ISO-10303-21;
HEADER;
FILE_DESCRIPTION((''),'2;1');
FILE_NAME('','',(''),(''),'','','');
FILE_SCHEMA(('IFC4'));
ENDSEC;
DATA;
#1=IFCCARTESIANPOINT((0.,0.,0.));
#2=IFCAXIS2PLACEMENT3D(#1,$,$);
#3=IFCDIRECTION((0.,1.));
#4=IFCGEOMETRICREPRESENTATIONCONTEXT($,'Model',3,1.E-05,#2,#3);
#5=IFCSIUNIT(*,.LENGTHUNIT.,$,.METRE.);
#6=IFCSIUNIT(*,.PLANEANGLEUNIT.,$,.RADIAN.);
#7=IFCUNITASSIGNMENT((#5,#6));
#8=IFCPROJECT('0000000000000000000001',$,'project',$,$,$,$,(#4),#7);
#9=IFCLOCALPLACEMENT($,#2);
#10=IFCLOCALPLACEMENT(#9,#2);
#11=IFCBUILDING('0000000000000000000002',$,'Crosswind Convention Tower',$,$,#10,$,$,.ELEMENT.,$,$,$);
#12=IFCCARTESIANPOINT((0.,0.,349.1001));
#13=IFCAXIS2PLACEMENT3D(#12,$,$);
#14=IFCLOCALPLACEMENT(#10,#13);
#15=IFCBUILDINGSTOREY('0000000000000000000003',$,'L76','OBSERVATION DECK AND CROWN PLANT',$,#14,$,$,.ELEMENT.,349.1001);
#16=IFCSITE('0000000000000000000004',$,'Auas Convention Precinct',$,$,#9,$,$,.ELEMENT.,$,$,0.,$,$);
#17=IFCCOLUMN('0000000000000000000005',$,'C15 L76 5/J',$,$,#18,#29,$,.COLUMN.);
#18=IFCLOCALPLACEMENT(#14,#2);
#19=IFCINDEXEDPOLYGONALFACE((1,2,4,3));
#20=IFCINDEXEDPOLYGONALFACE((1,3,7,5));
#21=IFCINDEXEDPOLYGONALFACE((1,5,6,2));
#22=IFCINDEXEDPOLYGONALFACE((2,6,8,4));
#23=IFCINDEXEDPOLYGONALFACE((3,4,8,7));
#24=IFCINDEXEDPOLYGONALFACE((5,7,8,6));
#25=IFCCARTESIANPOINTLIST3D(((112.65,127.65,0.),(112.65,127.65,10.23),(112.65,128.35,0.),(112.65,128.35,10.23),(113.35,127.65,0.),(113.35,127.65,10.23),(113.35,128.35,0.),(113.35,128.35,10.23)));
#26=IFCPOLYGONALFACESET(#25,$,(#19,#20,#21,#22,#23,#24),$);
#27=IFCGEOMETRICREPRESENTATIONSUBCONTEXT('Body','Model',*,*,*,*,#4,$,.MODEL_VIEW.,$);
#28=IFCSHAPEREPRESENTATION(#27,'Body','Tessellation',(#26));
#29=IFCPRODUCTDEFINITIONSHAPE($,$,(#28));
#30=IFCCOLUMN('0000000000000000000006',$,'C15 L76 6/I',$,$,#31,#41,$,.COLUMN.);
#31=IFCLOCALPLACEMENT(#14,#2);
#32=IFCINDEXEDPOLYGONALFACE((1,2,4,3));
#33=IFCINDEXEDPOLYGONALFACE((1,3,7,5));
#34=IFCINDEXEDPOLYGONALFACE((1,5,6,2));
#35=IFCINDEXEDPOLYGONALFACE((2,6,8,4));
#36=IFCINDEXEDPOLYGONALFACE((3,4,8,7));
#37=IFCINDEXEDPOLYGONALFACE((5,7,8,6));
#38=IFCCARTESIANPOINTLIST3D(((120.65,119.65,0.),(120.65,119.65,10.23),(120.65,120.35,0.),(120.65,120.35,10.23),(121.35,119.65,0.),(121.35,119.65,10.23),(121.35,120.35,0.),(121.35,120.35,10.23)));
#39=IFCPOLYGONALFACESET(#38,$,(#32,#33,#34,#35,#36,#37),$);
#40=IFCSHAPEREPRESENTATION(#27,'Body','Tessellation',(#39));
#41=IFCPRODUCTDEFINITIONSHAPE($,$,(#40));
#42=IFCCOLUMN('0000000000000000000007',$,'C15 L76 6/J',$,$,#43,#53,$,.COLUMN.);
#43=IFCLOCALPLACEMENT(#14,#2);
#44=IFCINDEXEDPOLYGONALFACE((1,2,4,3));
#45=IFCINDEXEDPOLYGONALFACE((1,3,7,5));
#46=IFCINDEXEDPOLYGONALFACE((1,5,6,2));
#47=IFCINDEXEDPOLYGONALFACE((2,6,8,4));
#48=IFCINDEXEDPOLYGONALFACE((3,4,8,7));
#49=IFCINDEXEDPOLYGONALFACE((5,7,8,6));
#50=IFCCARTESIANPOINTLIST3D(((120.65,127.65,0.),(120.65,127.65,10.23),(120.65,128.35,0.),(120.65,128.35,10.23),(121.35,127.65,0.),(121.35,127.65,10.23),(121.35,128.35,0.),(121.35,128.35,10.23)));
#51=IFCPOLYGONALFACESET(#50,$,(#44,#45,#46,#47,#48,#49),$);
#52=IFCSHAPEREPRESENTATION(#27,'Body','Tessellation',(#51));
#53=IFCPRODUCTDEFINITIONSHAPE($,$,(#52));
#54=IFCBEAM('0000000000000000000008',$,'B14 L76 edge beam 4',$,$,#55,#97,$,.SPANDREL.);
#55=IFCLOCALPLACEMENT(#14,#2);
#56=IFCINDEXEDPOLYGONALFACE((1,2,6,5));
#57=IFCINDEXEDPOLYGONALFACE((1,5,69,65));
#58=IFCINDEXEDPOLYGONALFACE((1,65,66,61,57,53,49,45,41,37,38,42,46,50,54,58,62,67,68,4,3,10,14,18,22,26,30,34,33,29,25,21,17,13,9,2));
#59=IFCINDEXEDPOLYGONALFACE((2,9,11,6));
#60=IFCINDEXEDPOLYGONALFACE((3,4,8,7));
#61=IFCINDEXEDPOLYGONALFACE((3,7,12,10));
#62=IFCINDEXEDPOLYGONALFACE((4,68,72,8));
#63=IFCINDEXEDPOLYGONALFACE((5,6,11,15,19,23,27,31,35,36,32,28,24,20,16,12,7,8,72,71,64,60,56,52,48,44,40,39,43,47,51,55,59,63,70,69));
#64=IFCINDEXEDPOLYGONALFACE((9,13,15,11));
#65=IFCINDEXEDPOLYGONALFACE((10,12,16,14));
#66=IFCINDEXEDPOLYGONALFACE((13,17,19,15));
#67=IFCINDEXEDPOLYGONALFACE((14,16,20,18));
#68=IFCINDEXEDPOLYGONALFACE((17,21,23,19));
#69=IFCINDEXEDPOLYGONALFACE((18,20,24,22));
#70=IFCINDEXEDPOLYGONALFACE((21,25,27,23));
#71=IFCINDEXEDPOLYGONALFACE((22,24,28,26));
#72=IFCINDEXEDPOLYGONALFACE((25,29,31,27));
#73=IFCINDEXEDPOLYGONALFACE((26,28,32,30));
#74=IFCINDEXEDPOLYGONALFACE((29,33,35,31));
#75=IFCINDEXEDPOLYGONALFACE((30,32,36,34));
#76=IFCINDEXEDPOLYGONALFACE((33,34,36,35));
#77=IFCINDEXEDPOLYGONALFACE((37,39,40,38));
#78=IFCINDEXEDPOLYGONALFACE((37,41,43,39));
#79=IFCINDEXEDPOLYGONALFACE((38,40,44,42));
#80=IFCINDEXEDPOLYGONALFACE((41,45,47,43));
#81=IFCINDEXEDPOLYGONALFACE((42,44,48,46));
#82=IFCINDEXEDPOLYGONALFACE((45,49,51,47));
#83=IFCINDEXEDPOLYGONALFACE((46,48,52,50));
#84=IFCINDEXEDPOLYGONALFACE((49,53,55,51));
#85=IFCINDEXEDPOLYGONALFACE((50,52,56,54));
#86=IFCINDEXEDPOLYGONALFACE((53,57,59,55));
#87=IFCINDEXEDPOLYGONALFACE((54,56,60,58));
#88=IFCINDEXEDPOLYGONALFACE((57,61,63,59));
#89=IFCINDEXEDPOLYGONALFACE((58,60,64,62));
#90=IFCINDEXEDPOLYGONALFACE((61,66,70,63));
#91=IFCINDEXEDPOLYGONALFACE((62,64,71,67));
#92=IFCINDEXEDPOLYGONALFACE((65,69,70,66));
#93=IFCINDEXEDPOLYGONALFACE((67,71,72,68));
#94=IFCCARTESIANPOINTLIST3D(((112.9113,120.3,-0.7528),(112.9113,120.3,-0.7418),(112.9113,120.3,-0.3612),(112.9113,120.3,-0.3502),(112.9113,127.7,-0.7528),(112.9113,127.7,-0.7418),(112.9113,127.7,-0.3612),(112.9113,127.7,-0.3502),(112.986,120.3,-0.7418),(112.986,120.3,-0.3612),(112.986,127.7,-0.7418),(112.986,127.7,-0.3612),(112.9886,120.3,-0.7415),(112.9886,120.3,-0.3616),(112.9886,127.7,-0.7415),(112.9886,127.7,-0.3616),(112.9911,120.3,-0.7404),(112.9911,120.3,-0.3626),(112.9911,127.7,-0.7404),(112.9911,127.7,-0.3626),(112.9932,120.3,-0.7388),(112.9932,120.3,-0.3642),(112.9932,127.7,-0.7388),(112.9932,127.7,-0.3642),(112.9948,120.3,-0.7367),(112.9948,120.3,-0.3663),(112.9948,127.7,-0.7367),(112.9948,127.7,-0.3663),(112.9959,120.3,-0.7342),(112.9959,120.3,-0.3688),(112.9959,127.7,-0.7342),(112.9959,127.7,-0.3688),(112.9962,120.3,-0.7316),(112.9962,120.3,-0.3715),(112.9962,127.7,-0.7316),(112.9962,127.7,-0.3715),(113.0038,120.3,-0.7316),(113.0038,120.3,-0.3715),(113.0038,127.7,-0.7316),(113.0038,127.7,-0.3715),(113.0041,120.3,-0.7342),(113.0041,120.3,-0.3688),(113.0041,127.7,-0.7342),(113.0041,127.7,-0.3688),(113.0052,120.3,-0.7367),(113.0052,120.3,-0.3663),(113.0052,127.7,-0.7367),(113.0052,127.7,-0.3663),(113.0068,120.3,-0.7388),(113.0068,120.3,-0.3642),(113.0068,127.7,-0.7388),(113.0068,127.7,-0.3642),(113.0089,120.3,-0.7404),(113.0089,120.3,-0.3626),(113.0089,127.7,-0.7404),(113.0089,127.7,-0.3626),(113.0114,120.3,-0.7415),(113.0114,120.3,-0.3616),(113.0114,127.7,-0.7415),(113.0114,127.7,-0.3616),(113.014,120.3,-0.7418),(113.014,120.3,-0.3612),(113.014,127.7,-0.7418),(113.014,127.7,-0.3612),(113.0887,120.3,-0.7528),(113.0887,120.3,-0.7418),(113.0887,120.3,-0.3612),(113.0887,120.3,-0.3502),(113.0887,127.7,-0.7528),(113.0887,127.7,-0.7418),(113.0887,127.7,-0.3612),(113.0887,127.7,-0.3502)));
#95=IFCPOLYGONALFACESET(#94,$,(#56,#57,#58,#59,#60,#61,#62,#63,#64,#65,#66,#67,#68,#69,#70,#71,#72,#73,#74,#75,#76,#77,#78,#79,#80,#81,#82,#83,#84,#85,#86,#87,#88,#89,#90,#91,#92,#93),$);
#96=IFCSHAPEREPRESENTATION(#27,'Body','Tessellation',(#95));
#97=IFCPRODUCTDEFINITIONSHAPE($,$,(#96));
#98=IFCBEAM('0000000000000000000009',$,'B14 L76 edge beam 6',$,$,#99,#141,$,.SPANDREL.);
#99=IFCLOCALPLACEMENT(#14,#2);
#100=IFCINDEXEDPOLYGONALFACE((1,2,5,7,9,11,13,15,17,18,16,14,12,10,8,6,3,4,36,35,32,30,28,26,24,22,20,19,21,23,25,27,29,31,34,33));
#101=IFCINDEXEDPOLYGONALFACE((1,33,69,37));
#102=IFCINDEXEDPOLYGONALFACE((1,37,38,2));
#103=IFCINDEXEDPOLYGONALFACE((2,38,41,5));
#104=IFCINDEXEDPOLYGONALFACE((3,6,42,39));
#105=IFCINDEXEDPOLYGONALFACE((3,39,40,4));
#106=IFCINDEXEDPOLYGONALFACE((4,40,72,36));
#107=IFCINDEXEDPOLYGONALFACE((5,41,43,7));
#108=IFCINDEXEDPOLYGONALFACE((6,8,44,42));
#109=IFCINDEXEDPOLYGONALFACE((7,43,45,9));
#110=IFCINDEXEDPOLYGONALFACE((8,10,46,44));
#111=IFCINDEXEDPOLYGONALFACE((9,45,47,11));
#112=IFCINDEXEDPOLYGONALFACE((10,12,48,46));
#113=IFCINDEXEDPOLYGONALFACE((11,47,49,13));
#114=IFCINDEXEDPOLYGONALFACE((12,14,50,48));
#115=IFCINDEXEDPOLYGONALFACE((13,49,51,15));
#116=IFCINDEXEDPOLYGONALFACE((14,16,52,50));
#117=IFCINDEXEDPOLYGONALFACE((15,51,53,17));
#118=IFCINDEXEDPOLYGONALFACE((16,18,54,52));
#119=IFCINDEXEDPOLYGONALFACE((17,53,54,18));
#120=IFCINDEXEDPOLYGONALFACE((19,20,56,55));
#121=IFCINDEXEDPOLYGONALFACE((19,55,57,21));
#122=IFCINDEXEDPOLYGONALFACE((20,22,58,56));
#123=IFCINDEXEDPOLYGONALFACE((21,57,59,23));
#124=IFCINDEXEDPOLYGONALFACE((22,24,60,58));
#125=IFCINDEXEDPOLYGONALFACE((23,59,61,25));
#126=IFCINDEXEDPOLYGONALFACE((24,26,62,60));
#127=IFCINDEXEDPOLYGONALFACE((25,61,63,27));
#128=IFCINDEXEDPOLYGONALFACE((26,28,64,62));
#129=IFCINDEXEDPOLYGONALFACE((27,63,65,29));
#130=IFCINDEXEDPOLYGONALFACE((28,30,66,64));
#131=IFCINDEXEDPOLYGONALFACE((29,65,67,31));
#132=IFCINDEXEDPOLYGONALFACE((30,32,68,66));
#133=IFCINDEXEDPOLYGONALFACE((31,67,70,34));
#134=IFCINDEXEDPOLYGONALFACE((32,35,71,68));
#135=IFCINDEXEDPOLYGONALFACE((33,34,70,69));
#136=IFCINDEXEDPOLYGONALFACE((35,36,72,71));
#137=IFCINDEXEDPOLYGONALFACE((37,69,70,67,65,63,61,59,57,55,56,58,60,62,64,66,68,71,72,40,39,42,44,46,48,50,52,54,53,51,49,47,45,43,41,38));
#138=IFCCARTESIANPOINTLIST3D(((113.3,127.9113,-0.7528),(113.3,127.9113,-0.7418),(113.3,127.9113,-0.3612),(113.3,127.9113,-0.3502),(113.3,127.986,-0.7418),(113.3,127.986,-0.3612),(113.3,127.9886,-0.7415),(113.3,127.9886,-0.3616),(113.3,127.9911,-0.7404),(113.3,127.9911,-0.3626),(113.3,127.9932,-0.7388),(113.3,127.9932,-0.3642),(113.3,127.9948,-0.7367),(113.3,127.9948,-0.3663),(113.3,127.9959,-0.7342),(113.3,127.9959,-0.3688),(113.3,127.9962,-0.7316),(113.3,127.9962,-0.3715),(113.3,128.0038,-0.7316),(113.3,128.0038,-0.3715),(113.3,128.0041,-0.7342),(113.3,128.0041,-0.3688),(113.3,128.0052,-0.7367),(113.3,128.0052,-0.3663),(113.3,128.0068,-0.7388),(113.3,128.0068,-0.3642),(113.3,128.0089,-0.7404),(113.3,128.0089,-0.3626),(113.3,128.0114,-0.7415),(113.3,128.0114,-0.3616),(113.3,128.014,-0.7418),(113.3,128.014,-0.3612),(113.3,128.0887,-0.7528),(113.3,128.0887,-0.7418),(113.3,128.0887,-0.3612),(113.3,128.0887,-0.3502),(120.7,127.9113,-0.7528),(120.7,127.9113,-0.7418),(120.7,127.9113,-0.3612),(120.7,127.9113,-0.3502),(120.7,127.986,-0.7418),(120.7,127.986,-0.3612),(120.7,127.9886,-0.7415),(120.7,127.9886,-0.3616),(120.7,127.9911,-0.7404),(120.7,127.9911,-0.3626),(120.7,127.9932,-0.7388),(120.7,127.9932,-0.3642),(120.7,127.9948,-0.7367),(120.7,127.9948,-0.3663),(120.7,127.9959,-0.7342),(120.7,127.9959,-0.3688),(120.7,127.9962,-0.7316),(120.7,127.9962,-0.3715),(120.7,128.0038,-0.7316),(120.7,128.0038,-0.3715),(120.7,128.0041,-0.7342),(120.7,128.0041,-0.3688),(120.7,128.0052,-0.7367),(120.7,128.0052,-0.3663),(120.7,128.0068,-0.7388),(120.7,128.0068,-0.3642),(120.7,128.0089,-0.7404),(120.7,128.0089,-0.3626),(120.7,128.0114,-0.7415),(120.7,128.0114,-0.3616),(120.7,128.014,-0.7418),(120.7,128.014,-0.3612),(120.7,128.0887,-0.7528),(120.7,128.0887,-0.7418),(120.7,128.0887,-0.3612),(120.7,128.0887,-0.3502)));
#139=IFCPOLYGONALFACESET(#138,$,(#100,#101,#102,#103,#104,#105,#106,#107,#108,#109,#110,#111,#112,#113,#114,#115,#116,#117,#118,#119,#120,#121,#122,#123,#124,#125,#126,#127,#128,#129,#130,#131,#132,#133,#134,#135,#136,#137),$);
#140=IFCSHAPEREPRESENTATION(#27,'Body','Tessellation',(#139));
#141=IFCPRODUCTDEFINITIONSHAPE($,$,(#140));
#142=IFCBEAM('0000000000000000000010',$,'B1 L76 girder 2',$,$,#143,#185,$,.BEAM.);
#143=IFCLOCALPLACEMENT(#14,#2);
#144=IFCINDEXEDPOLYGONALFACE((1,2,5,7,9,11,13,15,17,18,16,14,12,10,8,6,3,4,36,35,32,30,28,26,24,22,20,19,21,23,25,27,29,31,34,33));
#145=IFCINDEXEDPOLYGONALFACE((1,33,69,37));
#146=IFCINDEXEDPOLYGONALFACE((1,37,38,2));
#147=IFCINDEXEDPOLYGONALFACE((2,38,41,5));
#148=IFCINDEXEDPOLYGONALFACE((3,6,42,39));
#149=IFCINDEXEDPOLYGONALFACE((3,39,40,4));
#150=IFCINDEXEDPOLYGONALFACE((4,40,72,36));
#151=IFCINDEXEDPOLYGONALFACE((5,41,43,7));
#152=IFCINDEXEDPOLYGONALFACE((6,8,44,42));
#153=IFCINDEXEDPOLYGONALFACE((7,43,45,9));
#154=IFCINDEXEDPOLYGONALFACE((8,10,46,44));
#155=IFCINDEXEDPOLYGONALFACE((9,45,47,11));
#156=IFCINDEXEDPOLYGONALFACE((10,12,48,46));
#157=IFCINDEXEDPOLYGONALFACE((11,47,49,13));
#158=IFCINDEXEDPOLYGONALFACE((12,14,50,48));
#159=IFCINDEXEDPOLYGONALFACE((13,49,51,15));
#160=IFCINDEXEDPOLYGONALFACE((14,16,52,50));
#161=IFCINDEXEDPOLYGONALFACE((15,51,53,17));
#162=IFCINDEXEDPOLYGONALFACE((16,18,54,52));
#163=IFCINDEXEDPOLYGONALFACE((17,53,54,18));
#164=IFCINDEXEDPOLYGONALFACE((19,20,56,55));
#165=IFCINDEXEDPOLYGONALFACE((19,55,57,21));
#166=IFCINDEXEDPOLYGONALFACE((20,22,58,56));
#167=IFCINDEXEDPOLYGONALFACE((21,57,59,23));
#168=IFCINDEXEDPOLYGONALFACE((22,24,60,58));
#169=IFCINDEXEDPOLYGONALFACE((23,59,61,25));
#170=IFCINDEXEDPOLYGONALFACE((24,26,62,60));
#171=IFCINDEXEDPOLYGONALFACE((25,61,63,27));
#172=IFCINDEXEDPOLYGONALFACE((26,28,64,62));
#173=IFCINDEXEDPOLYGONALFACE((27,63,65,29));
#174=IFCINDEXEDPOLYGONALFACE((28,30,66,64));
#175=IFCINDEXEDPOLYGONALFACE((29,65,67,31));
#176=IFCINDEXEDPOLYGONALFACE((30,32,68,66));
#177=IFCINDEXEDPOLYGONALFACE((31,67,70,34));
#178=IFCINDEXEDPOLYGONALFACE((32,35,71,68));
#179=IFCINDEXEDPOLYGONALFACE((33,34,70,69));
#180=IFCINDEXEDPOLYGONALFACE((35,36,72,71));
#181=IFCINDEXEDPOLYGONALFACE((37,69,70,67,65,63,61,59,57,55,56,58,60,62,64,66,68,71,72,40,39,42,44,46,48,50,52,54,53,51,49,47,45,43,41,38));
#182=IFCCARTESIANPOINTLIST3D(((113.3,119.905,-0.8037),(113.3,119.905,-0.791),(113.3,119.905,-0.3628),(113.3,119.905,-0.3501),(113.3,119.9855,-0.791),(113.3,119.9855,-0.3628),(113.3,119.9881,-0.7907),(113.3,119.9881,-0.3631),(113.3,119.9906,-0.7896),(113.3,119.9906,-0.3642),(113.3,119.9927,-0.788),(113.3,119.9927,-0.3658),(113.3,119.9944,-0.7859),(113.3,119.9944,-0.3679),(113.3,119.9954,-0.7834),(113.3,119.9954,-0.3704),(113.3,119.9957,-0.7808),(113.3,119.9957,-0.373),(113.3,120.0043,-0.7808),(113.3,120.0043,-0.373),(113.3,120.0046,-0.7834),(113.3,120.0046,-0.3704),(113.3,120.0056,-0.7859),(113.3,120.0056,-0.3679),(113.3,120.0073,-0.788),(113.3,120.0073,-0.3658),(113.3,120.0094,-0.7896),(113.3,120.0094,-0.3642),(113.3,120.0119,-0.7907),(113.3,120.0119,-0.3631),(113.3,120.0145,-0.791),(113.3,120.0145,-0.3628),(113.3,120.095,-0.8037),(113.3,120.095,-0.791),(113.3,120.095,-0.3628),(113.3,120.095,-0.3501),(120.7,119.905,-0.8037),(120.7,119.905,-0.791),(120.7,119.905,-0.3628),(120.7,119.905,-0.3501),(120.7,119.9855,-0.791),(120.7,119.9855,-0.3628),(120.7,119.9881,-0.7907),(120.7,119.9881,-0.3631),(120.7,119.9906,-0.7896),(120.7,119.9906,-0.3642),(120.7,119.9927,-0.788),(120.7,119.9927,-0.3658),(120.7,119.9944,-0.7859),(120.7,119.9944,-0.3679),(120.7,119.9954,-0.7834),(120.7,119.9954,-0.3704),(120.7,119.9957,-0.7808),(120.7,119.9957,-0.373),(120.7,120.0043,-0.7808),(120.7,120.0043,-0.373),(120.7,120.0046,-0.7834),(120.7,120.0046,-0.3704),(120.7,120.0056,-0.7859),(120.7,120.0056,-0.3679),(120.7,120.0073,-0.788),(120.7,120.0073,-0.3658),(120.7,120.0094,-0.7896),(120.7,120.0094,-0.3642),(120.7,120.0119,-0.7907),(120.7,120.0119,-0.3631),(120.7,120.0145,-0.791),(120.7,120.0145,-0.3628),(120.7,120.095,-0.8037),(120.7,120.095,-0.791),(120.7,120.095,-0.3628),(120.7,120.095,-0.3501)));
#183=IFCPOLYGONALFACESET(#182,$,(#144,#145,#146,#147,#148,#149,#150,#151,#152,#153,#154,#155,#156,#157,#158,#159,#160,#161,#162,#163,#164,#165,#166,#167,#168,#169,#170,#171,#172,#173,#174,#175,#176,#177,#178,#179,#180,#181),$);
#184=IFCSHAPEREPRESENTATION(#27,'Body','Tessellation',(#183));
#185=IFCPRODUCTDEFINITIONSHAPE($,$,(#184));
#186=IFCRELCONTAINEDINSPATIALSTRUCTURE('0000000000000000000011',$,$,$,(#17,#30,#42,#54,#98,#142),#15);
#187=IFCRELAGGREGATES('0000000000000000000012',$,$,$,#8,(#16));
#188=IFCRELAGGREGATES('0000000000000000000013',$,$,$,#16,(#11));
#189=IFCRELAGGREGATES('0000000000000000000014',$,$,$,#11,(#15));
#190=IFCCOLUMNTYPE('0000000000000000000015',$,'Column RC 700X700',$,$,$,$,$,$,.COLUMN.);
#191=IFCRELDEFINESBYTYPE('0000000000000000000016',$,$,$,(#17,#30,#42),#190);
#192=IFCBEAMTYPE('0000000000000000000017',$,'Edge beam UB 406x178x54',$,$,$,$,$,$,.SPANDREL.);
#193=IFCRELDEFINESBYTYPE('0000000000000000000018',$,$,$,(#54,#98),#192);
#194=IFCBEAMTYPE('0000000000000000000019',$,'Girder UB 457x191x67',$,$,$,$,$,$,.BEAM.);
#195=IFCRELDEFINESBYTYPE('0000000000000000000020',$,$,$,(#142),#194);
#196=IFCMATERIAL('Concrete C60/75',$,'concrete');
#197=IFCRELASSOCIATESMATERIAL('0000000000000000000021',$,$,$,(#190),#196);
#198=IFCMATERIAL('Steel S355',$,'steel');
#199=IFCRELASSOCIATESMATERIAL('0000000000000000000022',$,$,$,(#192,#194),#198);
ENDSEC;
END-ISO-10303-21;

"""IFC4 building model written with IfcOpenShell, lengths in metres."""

from ifc_helpers import new_model, si_unit, direction, frame, origin, origin_2d, place, context, subcontext, project, spatial, rectangle, i_section, extrude, material, material_profile, profile_set, type_object, element, save


model = new_model("IFC4")

# Units and contexts
model_context = context("Model", 3, precision=1e-05, world=origin(), true_north=direction((0.0, 1.0)))
body_context = subcontext(model_context, "Body", "Model", "MODEL_VIEW")
ifc_project = project(units=[si_unit("LENGTHUNIT", "METRE"), si_unit("PLANEANGLEUNIT", "RADIAN")], contexts=[model_context])

# Site, building, storey
site_placement = place(None, origin())
site = spatial("IfcSite", under=ifc_project, at=site_placement, Name="Auas Convention Precinct", CompositionType="ELEMENT", RefElevation=0.0)
building_placement = place(site_placement, origin())
building = spatial("IfcBuilding", under=site, at=building_placement, Name="Crosswind Convention Tower", CompositionType="ELEMENT")
storey_placement = place(building_placement, frame((0.0, 0.0, 349.1001)))
storey = spatial("IfcBuildingStorey", under=building, at=storey_placement, Name="L76", Description="OBSERVATION DECK AND CROWN PLANT", CompositionType="ELEMENT", Elevation=349.1001)

# Columns
ifc_material_1 = material(Name="Concrete C60/75", Category="concrete")
ifc_material_profile_1 = material_profile(ifc_material_1, rectangle(XDim=0.7, YDim=0.7, at=origin_2d()), Name="RC 700X700")
ifc_profile_set_1 = profile_set([ifc_material_profile_1], Name="Concrete C60/75")
column_type = type_object("IfcColumnType", Name="Column RC 700X700", PredefinedType="COLUMN", material=ifc_profile_set_1)
for number, where, z_axis, x_axis, name in (
    (1, (113.0, 128.0, 0.0), (0.0, 0.0, 1.0), (1.0, 0.0, 0.0), "C15 L76 5/J"),
    (2, (121.0, 120.0, 0.0), (0.0, 0.0, 1.0), (1.0, 0.0, 0.0), "C15 L76 6/I"),
    (3, (121.0, 128.0, 0.0), (0.0, 0.0, 1.0), (1.0, 0.0, 0.0), "C15 L76 6/J"),
):
    element("IfcColumn", number, at=place(storey_placement, frame(where, z_axis=z_axis, x_axis=x_axis)), inside=storey, type_object=column_type, Name=name, PredefinedType="COLUMN", context=body_context, shape_type="SweptSolid", body=[
        extrude(rectangle(XDim=0.7, YDim=0.7, at=origin_2d()), origin(), (0.0, 0.0, 1.0), 10.23),
    ])

# Beams
ifc_material_2 = material(Name="Steel S355", Category="steel")
ifc_material_profile_2 = material_profile(ifc_material_2, i_section(OverallWidth=0.1775, OverallDepth=0.4026, WebThickness=0.0076, FlangeThickness=0.011, FilletRadius=0.0103, at=origin_2d()), Name="UB 406x178x54")
ifc_profile_set_2 = profile_set([ifc_material_profile_2], Name="Steel S355")
beam_type_1 = type_object("IfcBeamType", Name="Edge beam UB 406x178x54", PredefinedType="SPANDREL", material=ifc_profile_set_2)
for number, where, z_axis, x_axis, name in (
    (4, (113.0, 120.3, -0.5515), (0.0, 1.0, 0.0), (-1.0, 0.0, 0.0), "B14 L76 edge beam 4"),
    (5, (113.3, 128.0, -0.5515), (1.0, 0.0, 0.0), (0.0, 1.0, 0.0), "B14 L76 edge beam 6"),
):
    element("IfcBeam", number, at=place(storey_placement, frame(where, z_axis=z_axis, x_axis=x_axis)), inside=storey, type_object=beam_type_1, Name=name, PredefinedType="SPANDREL", context=body_context, shape_type="SweptSolid", body=[
        extrude(i_section(OverallWidth=0.1775, OverallDepth=0.4026, WebThickness=0.0076, FlangeThickness=0.011, FilletRadius=0.0103, at=origin_2d()), origin(), (0.0, 0.0, 1.0), 7.3999),
    ])
ifc_material_profile_3 = material_profile(ifc_material_2, i_section(OverallWidth=0.1899, OverallDepth=0.4536, WebThickness=0.0085, FlangeThickness=0.0127, FilletRadius=0.0103, at=origin_2d()), Name="UB 457x191x67")
ifc_profile_set_3 = profile_set([ifc_material_profile_3], Name="Steel S355")
beam_type_2 = type_object("IfcBeamType", Name="Girder UB 457x191x67", PredefinedType="BEAM", material=ifc_profile_set_3)
for number, where, z_axis, x_axis, name in (
    (6, (113.3, 120.0, -0.5769), (1.0, 0.0, 0.0), (0.0, 1.0, 0.0), "B1 L76 girder 2"),
):
    element("IfcBeam", number, at=place(storey_placement, frame(where, z_axis=z_axis, x_axis=x_axis)), inside=storey, type_object=beam_type_2, Name=name, PredefinedType="BEAM", context=body_context, shape_type="SweptSolid", body=[
        extrude(i_section(OverallWidth=0.1899, OverallDepth=0.4536, WebThickness=0.0085, FlangeThickness=0.0127, FilletRadius=0.0103, at=origin_2d()), origin(), (0.0, 0.0, 1.0), 7.3999),
    ])

save(model, "model.ifc")
